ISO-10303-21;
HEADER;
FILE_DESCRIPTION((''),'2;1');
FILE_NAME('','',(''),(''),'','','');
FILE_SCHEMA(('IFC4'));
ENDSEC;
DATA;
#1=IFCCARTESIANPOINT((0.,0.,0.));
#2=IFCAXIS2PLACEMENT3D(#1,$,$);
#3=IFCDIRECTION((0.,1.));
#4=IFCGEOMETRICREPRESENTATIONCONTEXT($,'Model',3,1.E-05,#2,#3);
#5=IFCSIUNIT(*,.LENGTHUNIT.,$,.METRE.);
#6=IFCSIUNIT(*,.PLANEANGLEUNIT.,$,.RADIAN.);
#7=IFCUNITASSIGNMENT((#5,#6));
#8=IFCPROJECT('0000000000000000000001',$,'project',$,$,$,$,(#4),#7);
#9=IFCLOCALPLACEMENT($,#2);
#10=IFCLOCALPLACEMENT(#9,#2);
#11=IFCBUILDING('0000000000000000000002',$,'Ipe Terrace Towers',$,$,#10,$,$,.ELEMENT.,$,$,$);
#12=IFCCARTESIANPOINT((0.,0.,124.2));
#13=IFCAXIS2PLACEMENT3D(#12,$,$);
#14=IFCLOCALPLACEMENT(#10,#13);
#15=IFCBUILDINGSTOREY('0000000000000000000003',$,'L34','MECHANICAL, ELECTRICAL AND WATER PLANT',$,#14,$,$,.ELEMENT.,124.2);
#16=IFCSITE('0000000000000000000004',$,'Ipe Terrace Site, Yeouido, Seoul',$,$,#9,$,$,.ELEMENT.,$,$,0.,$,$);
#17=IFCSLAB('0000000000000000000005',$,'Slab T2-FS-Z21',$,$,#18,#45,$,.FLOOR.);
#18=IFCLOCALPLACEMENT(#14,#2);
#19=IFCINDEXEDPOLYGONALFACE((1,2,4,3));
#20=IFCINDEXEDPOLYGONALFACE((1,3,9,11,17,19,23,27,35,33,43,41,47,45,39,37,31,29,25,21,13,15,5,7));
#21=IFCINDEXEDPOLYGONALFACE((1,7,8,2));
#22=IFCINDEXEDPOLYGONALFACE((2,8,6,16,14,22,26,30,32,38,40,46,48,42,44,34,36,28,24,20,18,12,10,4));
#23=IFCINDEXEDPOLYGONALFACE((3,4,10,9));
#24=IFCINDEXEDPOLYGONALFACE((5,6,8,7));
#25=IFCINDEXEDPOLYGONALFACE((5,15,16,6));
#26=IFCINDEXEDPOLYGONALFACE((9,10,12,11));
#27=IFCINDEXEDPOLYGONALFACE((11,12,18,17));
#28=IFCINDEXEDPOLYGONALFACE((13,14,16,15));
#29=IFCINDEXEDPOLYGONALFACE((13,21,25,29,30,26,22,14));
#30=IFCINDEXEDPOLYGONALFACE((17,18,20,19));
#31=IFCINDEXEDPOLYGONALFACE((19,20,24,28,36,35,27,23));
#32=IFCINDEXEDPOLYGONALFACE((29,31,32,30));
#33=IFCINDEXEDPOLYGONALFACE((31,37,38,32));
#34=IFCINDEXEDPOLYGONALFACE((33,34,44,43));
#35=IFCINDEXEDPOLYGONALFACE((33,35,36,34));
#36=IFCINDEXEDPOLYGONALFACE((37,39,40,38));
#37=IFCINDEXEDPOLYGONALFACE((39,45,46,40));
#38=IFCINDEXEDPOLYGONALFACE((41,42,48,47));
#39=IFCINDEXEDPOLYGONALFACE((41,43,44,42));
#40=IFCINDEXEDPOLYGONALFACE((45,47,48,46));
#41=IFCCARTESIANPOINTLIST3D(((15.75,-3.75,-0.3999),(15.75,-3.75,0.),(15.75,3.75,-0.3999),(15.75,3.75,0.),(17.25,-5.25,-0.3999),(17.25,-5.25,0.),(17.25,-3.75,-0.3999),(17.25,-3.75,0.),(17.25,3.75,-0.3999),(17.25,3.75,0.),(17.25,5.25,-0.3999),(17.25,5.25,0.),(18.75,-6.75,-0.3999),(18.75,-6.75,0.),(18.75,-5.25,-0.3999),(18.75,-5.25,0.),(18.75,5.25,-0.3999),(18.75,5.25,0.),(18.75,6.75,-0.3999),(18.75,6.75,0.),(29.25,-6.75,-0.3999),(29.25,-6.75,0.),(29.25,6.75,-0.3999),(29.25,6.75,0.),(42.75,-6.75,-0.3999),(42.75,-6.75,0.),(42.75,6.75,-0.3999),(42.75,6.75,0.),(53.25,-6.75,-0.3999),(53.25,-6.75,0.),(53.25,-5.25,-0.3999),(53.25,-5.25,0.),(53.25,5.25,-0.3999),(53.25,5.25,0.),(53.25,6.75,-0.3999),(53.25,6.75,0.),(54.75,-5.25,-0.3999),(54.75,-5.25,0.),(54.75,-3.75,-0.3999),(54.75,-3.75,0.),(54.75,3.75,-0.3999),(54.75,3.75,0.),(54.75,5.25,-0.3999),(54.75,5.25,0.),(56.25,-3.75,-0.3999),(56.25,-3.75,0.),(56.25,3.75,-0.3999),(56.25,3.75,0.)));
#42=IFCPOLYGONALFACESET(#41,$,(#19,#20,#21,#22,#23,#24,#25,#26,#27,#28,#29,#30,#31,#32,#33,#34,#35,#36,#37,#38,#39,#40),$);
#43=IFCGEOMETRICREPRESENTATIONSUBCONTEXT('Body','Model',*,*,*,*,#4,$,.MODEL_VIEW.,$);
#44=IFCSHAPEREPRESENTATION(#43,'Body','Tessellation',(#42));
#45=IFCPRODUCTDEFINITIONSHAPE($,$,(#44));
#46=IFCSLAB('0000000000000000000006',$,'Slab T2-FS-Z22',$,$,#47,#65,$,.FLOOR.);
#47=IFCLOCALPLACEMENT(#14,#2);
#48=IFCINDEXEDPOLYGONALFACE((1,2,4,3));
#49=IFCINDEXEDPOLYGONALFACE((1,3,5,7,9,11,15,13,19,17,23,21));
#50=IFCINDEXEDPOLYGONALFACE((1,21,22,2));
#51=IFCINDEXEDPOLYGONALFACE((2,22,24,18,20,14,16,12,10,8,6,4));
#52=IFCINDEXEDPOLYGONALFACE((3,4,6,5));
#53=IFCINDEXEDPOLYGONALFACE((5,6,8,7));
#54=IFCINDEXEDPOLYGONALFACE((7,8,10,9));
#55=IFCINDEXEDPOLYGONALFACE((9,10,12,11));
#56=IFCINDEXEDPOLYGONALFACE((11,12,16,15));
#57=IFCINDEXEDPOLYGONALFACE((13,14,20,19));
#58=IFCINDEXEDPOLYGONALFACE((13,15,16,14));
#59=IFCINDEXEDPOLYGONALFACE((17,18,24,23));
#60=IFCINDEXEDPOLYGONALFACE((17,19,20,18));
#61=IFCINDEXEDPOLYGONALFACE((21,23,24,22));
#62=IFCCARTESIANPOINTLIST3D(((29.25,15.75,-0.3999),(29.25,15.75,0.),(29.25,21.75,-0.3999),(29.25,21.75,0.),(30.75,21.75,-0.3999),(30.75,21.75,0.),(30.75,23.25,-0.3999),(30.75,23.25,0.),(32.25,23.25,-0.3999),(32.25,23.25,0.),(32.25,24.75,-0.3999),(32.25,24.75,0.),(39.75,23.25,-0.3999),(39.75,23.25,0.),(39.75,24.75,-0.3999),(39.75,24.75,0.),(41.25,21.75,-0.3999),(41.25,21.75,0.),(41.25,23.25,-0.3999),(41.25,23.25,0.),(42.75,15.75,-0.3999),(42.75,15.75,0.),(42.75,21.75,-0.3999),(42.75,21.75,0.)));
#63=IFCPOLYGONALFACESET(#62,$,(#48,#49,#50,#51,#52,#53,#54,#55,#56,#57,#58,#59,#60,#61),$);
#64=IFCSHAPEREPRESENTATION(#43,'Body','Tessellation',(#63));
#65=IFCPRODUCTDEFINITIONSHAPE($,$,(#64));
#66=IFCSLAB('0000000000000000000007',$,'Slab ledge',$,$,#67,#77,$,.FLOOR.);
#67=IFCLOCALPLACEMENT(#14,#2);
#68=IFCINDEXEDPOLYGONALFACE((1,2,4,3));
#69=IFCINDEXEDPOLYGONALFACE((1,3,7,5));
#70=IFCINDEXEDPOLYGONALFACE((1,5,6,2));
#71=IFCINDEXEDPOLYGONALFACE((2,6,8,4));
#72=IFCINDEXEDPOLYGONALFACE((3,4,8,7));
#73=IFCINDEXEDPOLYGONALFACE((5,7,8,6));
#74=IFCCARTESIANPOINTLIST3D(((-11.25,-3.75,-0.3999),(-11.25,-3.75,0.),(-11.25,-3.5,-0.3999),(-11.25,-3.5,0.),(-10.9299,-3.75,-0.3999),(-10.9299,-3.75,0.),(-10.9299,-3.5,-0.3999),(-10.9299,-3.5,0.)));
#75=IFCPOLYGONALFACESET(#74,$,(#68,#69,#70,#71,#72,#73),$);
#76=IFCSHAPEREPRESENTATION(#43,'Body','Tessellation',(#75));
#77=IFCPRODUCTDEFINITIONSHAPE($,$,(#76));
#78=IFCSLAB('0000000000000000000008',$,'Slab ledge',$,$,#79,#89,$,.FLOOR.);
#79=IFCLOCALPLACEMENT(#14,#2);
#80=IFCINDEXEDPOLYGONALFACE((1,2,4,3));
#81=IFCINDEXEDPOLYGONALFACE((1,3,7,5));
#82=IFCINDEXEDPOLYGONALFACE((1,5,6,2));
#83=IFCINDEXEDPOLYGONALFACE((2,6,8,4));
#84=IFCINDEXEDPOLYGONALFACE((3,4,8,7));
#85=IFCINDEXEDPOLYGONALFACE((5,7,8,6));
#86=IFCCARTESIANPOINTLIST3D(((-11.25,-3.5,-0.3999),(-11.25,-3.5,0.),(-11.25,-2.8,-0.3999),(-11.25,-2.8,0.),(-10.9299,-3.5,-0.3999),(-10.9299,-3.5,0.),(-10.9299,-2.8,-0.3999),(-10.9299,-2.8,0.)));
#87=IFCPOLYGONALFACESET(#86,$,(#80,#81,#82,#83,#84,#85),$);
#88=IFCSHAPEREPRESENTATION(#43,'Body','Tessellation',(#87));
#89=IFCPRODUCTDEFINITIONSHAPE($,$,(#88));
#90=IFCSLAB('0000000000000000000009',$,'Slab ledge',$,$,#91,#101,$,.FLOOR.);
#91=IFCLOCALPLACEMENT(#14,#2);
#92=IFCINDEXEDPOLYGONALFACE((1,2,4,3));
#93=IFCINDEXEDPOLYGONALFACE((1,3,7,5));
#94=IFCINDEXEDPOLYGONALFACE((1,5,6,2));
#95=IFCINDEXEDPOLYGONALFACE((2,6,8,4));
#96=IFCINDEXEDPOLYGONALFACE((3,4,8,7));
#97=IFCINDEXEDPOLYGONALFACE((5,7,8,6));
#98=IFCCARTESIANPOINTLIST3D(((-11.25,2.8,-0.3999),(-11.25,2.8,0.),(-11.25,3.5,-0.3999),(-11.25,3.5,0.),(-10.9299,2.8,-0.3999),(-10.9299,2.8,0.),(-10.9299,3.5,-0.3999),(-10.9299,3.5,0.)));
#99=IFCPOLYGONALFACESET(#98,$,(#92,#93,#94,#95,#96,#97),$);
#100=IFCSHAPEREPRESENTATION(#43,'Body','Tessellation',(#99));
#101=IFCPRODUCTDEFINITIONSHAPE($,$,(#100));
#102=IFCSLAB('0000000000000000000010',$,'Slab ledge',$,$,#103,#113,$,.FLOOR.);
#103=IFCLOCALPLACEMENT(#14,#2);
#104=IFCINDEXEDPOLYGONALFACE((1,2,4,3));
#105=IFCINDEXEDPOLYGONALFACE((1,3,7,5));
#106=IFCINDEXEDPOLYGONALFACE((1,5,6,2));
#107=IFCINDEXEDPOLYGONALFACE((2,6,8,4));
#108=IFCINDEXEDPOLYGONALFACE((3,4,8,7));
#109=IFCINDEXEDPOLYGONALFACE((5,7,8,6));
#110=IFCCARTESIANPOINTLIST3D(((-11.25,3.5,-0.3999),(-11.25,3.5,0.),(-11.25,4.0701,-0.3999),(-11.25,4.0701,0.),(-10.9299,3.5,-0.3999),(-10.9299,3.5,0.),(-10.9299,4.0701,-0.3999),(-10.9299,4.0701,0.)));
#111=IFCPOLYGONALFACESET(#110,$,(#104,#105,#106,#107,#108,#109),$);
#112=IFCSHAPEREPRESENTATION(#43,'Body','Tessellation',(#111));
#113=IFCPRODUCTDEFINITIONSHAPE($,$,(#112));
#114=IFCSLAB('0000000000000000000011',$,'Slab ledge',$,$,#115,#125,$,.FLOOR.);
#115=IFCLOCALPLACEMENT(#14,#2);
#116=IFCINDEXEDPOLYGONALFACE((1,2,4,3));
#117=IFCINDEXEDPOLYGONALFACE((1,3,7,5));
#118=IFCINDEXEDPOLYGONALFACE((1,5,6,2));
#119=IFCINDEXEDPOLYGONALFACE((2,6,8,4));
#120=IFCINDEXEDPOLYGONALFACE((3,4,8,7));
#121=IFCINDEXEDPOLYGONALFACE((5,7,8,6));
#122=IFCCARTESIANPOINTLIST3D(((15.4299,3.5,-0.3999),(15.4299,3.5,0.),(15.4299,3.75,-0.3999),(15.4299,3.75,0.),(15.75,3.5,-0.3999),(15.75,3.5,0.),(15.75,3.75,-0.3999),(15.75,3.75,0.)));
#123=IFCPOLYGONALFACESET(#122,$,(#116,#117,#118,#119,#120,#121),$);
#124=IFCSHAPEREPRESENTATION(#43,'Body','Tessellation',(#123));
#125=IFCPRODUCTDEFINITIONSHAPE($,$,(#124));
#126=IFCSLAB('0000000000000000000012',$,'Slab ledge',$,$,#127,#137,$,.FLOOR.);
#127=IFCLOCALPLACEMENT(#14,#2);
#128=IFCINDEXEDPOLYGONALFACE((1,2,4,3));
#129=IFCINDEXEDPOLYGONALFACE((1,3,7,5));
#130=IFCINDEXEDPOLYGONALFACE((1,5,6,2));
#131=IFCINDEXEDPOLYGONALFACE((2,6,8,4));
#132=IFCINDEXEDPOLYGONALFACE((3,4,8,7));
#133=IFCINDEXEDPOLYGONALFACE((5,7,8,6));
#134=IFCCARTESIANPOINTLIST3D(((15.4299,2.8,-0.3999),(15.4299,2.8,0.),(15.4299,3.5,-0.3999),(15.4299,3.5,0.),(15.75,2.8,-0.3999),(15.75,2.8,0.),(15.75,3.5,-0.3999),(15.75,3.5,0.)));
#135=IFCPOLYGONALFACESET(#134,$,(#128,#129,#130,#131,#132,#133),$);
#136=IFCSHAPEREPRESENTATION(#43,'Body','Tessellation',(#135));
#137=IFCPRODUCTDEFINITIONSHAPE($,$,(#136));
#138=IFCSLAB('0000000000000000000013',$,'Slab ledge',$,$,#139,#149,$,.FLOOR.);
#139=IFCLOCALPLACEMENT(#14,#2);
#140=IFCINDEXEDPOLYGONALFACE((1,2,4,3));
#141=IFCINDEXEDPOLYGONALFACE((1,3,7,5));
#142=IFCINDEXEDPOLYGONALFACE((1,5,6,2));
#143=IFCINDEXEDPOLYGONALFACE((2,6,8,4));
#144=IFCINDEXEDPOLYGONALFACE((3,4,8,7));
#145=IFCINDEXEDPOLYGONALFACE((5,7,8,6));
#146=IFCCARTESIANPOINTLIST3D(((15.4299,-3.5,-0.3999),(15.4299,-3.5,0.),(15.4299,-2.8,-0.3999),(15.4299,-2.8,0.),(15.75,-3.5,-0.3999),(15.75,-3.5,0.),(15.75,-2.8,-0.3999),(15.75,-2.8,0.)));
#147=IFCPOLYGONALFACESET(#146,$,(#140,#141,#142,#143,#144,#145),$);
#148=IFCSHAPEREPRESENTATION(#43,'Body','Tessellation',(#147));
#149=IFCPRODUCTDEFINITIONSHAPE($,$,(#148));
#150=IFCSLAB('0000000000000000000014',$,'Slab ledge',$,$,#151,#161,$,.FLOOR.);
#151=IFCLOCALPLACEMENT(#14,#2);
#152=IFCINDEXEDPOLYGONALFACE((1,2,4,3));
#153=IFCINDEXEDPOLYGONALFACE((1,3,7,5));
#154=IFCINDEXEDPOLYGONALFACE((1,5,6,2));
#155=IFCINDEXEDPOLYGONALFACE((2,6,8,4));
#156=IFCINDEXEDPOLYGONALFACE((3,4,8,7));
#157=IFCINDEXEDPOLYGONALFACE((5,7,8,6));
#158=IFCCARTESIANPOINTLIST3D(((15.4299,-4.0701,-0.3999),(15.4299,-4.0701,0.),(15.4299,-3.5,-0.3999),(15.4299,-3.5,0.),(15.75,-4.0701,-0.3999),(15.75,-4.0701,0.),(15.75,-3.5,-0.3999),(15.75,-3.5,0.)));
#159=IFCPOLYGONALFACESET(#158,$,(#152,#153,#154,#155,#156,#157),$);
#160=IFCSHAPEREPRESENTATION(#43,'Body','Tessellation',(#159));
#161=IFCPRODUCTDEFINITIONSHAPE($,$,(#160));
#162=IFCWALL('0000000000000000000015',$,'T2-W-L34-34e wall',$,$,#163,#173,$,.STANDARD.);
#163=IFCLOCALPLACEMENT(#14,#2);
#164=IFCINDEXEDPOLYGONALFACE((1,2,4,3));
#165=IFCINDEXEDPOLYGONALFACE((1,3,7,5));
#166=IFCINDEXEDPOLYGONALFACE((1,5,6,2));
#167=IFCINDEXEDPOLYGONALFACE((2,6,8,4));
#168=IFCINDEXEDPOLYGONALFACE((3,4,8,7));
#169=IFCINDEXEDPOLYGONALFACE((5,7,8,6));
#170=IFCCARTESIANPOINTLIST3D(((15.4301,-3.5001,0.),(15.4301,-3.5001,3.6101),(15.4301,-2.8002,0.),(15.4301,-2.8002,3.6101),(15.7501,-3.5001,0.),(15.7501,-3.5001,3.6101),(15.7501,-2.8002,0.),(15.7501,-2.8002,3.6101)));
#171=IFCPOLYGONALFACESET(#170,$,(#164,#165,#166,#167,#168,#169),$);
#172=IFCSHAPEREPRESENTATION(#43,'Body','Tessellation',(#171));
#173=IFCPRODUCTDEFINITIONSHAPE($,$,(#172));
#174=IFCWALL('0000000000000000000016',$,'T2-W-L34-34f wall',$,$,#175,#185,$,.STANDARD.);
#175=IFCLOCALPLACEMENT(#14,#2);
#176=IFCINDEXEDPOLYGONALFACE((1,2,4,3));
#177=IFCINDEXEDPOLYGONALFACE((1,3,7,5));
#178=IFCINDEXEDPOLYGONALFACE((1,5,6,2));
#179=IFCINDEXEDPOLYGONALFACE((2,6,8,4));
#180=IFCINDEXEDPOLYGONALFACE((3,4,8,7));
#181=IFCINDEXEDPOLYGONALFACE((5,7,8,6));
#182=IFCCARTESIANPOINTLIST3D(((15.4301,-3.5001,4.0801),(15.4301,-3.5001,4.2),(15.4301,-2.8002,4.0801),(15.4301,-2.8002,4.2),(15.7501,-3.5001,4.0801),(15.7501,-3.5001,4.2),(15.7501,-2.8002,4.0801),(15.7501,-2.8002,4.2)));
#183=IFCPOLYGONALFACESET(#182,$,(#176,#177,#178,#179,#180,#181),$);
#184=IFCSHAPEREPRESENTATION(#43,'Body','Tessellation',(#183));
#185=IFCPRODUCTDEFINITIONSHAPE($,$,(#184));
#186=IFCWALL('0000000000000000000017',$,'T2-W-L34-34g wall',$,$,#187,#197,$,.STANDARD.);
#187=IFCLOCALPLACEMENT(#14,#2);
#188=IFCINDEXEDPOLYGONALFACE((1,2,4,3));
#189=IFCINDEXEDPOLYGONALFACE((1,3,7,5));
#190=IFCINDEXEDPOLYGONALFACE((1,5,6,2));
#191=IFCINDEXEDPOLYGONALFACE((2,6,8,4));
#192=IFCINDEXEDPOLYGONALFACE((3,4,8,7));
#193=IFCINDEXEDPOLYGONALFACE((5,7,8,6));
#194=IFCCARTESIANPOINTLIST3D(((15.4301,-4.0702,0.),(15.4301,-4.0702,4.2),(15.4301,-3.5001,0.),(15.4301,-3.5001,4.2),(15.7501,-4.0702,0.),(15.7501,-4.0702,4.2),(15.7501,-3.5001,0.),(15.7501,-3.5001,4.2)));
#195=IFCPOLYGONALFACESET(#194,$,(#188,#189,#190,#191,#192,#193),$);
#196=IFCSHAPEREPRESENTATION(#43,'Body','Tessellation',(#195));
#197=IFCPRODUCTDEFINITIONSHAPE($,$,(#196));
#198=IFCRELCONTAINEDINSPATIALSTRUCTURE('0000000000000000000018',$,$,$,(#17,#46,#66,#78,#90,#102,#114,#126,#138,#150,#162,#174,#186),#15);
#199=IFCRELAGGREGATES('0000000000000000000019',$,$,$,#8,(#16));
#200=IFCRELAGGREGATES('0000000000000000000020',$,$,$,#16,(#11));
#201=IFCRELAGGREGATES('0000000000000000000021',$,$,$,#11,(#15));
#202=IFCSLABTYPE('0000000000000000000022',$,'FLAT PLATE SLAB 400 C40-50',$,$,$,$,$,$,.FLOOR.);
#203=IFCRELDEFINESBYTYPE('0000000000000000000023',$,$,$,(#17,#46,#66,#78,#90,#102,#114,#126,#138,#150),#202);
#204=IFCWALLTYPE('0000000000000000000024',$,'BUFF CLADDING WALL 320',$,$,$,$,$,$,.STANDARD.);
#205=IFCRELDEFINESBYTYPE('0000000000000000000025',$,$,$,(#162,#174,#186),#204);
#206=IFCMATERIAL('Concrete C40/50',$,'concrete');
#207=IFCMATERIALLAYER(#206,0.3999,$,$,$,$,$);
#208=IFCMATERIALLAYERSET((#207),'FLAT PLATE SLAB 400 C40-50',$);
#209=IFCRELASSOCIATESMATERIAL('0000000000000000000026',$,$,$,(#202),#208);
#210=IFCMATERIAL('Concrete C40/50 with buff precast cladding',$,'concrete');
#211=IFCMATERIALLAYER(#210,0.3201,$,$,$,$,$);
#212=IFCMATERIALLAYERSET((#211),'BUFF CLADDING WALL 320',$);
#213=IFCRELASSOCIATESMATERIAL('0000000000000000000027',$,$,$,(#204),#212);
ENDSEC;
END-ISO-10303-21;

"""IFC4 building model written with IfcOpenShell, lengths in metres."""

from ifc_helpers import new_model, si_unit, direction, frame, frame_2d, origin, place, context, subcontext, project, spatial, polyline, rectangle, outline, extrude, material, layer, layer_set, type_object, element, save


model = new_model("IFC4")

# Units and contexts
model_context = context("Model", 3, precision=1e-05, world=origin(), true_north=direction((0.0, 1.0)))
body_context = subcontext(model_context, "Body", "Model", "MODEL_VIEW")
ifc_project = project(units=[si_unit("LENGTHUNIT", "METRE"), si_unit("PLANEANGLEUNIT", "RADIAN")], contexts=[model_context])

# Site, building, storey
site_placement = place(None, origin())
site = spatial("IfcSite", under=ifc_project, at=site_placement, Name="Ipe Terrace Site, Yeouido, Seoul", CompositionType="ELEMENT", RefElevation=0.0)
building_placement = place(site_placement, origin())
building = spatial("IfcBuilding", under=site, at=building_placement, Name="Ipe Terrace Towers", CompositionType="ELEMENT")
storey_placement = place(building_placement, frame((0.0, 0.0, 124.2)))
storey = spatial("IfcBuildingStorey", under=building, at=storey_placement, Name="L34", Description="MECHANICAL, ELECTRICAL AND WATER PLANT", CompositionType="ELEMENT", Elevation=124.2)

# Slabs
ifc_material_1 = material(Name="Concrete C40/50", Category="concrete")
ifc_layer_1 = layer(ifc_material_1, 0.3999)
ifc_layer_set_1 = layer_set([ifc_layer_1], Name="FLAT PLATE SLAB 400 C40-50")
slab_type_1 = type_object("IfcSlabType", Name="FLAT PLATE SLAB 400 C40-50", PredefinedType="FLOOR", material=ifc_layer_set_1)
slab_1_placement = place(storey_placement, frame((0.0, 0.0, -0.3999)))
element("IfcSlab", 1, at=slab_1_placement, inside=storey, type_object=slab_type_1, Name="Slab T2-FS-Z21", PredefinedType="FLOOR", context=body_context, shape_type="SweptSolid", body=[
    extrude(outline(polyline([(53.25, 5.25), (54.75, 5.25), (54.75, 3.75), (56.25, 3.75), (56.25, -3.75), (54.75, -3.75), (54.75, -5.25), (53.25, -5.25), (53.25, -6.75), (42.75, -6.75), (29.25, -6.75), (18.75, -6.75), (18.75, -5.25), (17.25, -5.25), (17.25, -3.75), (15.75, -3.75), (15.75, 3.75), (17.25, 3.75), (17.25, 5.25), (18.75, 5.25), (18.75, 6.75), (29.25, 6.75), (42.75, 6.75), (53.25, 6.75), (53.25, 5.25)])), origin(), (0.0, 0.0, 1.0), 0.3999),
])
slab_2_placement = place(storey_placement, frame((0.0, 0.0, -0.3999)))
element("IfcSlab", 2, at=slab_2_placement, inside=storey, type_object=slab_type_1, Name="Slab T2-FS-Z22", PredefinedType="FLOOR", context=body_context, shape_type="SweptSolid", body=[
    extrude(outline(polyline([(30.75, 21.75), (30.75, 23.25), (32.25, 23.25), (32.25, 24.75), (39.75, 24.75), (39.75, 23.25), (41.25, 23.25), (41.25, 21.75), (42.75, 21.75), (42.75, 15.75), (29.25, 15.75), (29.25, 21.75), (30.75, 21.75)])), origin(), (0.0, 0.0, 1.0), 0.3999),
])
slab_3_placement = place(storey_placement, frame((0.0, 0.0, -0.3999)))
element("IfcSlab", 3, at=slab_3_placement, inside=storey, type_object=slab_type_1, Name="Slab ledge", PredefinedType="FLOOR", context=body_context, shape_type="SweptSolid", body=[
    extrude(outline(polyline([(-11.25, -3.75), (-11.25, -3.5), (-10.9299, -3.5), (-10.9299, -3.75), (-11.25, -3.75)])), origin(), (0.0, 0.0, 1.0), 0.3999),
])
slab_4_placement = place(storey_placement, frame((0.0, 0.0, -0.3999)))
element("IfcSlab", 4, at=slab_4_placement, inside=storey, type_object=slab_type_1, Name="Slab ledge", PredefinedType="FLOOR", context=body_context, shape_type="SweptSolid", body=[
    extrude(outline(polyline([(-11.25, -3.5), (-11.25, -2.8), (-10.9299, -2.8), (-10.9299, -3.5), (-11.25, -3.5)])), origin(), (0.0, 0.0, 1.0), 0.3999),
])
slab_5_placement = place(storey_placement, frame((0.0, 0.0, -0.3999)))
element("IfcSlab", 5, at=slab_5_placement, inside=storey, type_object=slab_type_1, Name="Slab ledge", PredefinedType="FLOOR", context=body_context, shape_type="SweptSolid", body=[
    extrude(outline(polyline([(-11.25, 2.8), (-11.25, 3.5), (-10.9299, 3.5), (-10.9299, 2.8), (-11.25, 2.8)])), origin(), (0.0, 0.0, 1.0), 0.3999),
])
slab_6_placement = place(storey_placement, frame((0.0, 0.0, -0.3999)))
element("IfcSlab", 6, at=slab_6_placement, inside=storey, type_object=slab_type_1, Name="Slab ledge", PredefinedType="FLOOR", context=body_context, shape_type="SweptSolid", body=[
    extrude(outline(polyline([(-11.25, 3.5), (-11.25, 4.0701), (-10.9299, 4.0701), (-10.9299, 3.5), (-11.25, 3.5)])), origin(), (0.0, 0.0, 1.0), 0.3999),
])
slab_7_placement = place(storey_placement, frame((0.0, 0.0, -0.3999)))
element("IfcSlab", 7, at=slab_7_placement, inside=storey, type_object=slab_type_1, Name="Slab ledge", PredefinedType="FLOOR", context=body_context, shape_type="SweptSolid", body=[
    extrude(outline(polyline([(15.75, 3.75), (15.75, 3.5), (15.4299, 3.5), (15.4299, 3.75), (15.75, 3.75)])), origin(), (0.0, 0.0, 1.0), 0.3999),
])
slab_8_placement = place(storey_placement, frame((0.0, 0.0, -0.3999)))
element("IfcSlab", 8, at=slab_8_placement, inside=storey, type_object=slab_type_1, Name="Slab ledge", PredefinedType="FLOOR", context=body_context, shape_type="SweptSolid", body=[
    extrude(outline(polyline([(15.75, 3.5), (15.75, 2.8), (15.4299, 2.8), (15.4299, 3.5), (15.75, 3.5)])), origin(), (0.0, 0.0, 1.0), 0.3999),
])
slab_9_placement = place(storey_placement, frame((0.0, 0.0, -0.3999)))
element("IfcSlab", 9, at=slab_9_placement, inside=storey, type_object=slab_type_1, Name="Slab ledge", PredefinedType="FLOOR", context=body_context, shape_type="SweptSolid", body=[
    extrude(outline(polyline([(15.75, -2.8), (15.75, -3.5), (15.4299, -3.5), (15.4299, -2.8), (15.75, -2.8)])), origin(), (0.0, 0.0, 1.0), 0.3999),
])
slab_10_placement = place(storey_placement, frame((0.0, 0.0, -0.3999)))
element("IfcSlab", 10, at=slab_10_placement, inside=storey, type_object=slab_type_1, Name="Slab ledge", PredefinedType="FLOOR", context=body_context, shape_type="SweptSolid", body=[
    extrude(outline(polyline([(15.75, -3.5), (15.75, -4.0701), (15.4299, -4.0701), (15.4299, -3.5), (15.75, -3.5)])), origin(), (0.0, 0.0, 1.0), 0.3999),
])

# Walls
ifc_material_2 = material(Name="Concrete C40/50 with buff precast cladding", Category="concrete")
ifc_layer_2 = layer(ifc_material_2, 0.3201)
ifc_layer_set_2 = layer_set([ifc_layer_2], Name="BUFF CLADDING WALL 320")
wall_type = type_object("IfcWallType", Name="BUFF CLADDING WALL 320", PredefinedType="STANDARD", material=ifc_layer_set_2)
wall_1_placement = place(storey_placement, frame((15.5901, -2.8, 0.0), z_axis=(0.0, 0.0, 1.0), x_axis=(0.0, -1.0, 0.0)))
element("IfcWall", 11, at=wall_1_placement, inside=storey, type_object=wall_type, Name="T2-W-L34-34e wall", PredefinedType="STANDARD", context=body_context, shape_type="SweptSolid", body=[
    extrude(rectangle(XDim=0.7, YDim=0.3201, at=frame_2d((0.3501, 0.0))), origin(), (0.0, 0.0, 1.0), 3.6101),
])
wall_2_placement = place(storey_placement, frame((15.5901, -2.8, 4.0801), z_axis=(0.0, 0.0, 1.0), x_axis=(0.0, -1.0, 0.0)))
element("IfcWall", 12, at=wall_2_placement, inside=storey, type_object=wall_type, Name="T2-W-L34-34f wall", PredefinedType="STANDARD", context=body_context, shape_type="SweptSolid", body=[
    extrude(rectangle(XDim=0.7, YDim=0.3201, at=frame_2d((0.3501, 0.0))), origin(), (0.0, 0.0, 1.0), 0.1199),
])
wall_3_placement = place(storey_placement, frame((15.5901, -3.5, 0.0), z_axis=(0.0, 0.0, 1.0), x_axis=(0.0, -1.0, 0.0)))
element("IfcWall", 13, at=wall_3_placement, inside=storey, type_object=wall_type, Name="T2-W-L34-34g wall", PredefinedType="STANDARD", context=body_context, shape_type="SweptSolid", body=[
    extrude(rectangle(XDim=0.5701, YDim=0.3201, at=frame_2d((0.2852, 0.0))), origin(), (0.0, 0.0, 1.0), 4.2),
])

save(model, "model.ifc")
